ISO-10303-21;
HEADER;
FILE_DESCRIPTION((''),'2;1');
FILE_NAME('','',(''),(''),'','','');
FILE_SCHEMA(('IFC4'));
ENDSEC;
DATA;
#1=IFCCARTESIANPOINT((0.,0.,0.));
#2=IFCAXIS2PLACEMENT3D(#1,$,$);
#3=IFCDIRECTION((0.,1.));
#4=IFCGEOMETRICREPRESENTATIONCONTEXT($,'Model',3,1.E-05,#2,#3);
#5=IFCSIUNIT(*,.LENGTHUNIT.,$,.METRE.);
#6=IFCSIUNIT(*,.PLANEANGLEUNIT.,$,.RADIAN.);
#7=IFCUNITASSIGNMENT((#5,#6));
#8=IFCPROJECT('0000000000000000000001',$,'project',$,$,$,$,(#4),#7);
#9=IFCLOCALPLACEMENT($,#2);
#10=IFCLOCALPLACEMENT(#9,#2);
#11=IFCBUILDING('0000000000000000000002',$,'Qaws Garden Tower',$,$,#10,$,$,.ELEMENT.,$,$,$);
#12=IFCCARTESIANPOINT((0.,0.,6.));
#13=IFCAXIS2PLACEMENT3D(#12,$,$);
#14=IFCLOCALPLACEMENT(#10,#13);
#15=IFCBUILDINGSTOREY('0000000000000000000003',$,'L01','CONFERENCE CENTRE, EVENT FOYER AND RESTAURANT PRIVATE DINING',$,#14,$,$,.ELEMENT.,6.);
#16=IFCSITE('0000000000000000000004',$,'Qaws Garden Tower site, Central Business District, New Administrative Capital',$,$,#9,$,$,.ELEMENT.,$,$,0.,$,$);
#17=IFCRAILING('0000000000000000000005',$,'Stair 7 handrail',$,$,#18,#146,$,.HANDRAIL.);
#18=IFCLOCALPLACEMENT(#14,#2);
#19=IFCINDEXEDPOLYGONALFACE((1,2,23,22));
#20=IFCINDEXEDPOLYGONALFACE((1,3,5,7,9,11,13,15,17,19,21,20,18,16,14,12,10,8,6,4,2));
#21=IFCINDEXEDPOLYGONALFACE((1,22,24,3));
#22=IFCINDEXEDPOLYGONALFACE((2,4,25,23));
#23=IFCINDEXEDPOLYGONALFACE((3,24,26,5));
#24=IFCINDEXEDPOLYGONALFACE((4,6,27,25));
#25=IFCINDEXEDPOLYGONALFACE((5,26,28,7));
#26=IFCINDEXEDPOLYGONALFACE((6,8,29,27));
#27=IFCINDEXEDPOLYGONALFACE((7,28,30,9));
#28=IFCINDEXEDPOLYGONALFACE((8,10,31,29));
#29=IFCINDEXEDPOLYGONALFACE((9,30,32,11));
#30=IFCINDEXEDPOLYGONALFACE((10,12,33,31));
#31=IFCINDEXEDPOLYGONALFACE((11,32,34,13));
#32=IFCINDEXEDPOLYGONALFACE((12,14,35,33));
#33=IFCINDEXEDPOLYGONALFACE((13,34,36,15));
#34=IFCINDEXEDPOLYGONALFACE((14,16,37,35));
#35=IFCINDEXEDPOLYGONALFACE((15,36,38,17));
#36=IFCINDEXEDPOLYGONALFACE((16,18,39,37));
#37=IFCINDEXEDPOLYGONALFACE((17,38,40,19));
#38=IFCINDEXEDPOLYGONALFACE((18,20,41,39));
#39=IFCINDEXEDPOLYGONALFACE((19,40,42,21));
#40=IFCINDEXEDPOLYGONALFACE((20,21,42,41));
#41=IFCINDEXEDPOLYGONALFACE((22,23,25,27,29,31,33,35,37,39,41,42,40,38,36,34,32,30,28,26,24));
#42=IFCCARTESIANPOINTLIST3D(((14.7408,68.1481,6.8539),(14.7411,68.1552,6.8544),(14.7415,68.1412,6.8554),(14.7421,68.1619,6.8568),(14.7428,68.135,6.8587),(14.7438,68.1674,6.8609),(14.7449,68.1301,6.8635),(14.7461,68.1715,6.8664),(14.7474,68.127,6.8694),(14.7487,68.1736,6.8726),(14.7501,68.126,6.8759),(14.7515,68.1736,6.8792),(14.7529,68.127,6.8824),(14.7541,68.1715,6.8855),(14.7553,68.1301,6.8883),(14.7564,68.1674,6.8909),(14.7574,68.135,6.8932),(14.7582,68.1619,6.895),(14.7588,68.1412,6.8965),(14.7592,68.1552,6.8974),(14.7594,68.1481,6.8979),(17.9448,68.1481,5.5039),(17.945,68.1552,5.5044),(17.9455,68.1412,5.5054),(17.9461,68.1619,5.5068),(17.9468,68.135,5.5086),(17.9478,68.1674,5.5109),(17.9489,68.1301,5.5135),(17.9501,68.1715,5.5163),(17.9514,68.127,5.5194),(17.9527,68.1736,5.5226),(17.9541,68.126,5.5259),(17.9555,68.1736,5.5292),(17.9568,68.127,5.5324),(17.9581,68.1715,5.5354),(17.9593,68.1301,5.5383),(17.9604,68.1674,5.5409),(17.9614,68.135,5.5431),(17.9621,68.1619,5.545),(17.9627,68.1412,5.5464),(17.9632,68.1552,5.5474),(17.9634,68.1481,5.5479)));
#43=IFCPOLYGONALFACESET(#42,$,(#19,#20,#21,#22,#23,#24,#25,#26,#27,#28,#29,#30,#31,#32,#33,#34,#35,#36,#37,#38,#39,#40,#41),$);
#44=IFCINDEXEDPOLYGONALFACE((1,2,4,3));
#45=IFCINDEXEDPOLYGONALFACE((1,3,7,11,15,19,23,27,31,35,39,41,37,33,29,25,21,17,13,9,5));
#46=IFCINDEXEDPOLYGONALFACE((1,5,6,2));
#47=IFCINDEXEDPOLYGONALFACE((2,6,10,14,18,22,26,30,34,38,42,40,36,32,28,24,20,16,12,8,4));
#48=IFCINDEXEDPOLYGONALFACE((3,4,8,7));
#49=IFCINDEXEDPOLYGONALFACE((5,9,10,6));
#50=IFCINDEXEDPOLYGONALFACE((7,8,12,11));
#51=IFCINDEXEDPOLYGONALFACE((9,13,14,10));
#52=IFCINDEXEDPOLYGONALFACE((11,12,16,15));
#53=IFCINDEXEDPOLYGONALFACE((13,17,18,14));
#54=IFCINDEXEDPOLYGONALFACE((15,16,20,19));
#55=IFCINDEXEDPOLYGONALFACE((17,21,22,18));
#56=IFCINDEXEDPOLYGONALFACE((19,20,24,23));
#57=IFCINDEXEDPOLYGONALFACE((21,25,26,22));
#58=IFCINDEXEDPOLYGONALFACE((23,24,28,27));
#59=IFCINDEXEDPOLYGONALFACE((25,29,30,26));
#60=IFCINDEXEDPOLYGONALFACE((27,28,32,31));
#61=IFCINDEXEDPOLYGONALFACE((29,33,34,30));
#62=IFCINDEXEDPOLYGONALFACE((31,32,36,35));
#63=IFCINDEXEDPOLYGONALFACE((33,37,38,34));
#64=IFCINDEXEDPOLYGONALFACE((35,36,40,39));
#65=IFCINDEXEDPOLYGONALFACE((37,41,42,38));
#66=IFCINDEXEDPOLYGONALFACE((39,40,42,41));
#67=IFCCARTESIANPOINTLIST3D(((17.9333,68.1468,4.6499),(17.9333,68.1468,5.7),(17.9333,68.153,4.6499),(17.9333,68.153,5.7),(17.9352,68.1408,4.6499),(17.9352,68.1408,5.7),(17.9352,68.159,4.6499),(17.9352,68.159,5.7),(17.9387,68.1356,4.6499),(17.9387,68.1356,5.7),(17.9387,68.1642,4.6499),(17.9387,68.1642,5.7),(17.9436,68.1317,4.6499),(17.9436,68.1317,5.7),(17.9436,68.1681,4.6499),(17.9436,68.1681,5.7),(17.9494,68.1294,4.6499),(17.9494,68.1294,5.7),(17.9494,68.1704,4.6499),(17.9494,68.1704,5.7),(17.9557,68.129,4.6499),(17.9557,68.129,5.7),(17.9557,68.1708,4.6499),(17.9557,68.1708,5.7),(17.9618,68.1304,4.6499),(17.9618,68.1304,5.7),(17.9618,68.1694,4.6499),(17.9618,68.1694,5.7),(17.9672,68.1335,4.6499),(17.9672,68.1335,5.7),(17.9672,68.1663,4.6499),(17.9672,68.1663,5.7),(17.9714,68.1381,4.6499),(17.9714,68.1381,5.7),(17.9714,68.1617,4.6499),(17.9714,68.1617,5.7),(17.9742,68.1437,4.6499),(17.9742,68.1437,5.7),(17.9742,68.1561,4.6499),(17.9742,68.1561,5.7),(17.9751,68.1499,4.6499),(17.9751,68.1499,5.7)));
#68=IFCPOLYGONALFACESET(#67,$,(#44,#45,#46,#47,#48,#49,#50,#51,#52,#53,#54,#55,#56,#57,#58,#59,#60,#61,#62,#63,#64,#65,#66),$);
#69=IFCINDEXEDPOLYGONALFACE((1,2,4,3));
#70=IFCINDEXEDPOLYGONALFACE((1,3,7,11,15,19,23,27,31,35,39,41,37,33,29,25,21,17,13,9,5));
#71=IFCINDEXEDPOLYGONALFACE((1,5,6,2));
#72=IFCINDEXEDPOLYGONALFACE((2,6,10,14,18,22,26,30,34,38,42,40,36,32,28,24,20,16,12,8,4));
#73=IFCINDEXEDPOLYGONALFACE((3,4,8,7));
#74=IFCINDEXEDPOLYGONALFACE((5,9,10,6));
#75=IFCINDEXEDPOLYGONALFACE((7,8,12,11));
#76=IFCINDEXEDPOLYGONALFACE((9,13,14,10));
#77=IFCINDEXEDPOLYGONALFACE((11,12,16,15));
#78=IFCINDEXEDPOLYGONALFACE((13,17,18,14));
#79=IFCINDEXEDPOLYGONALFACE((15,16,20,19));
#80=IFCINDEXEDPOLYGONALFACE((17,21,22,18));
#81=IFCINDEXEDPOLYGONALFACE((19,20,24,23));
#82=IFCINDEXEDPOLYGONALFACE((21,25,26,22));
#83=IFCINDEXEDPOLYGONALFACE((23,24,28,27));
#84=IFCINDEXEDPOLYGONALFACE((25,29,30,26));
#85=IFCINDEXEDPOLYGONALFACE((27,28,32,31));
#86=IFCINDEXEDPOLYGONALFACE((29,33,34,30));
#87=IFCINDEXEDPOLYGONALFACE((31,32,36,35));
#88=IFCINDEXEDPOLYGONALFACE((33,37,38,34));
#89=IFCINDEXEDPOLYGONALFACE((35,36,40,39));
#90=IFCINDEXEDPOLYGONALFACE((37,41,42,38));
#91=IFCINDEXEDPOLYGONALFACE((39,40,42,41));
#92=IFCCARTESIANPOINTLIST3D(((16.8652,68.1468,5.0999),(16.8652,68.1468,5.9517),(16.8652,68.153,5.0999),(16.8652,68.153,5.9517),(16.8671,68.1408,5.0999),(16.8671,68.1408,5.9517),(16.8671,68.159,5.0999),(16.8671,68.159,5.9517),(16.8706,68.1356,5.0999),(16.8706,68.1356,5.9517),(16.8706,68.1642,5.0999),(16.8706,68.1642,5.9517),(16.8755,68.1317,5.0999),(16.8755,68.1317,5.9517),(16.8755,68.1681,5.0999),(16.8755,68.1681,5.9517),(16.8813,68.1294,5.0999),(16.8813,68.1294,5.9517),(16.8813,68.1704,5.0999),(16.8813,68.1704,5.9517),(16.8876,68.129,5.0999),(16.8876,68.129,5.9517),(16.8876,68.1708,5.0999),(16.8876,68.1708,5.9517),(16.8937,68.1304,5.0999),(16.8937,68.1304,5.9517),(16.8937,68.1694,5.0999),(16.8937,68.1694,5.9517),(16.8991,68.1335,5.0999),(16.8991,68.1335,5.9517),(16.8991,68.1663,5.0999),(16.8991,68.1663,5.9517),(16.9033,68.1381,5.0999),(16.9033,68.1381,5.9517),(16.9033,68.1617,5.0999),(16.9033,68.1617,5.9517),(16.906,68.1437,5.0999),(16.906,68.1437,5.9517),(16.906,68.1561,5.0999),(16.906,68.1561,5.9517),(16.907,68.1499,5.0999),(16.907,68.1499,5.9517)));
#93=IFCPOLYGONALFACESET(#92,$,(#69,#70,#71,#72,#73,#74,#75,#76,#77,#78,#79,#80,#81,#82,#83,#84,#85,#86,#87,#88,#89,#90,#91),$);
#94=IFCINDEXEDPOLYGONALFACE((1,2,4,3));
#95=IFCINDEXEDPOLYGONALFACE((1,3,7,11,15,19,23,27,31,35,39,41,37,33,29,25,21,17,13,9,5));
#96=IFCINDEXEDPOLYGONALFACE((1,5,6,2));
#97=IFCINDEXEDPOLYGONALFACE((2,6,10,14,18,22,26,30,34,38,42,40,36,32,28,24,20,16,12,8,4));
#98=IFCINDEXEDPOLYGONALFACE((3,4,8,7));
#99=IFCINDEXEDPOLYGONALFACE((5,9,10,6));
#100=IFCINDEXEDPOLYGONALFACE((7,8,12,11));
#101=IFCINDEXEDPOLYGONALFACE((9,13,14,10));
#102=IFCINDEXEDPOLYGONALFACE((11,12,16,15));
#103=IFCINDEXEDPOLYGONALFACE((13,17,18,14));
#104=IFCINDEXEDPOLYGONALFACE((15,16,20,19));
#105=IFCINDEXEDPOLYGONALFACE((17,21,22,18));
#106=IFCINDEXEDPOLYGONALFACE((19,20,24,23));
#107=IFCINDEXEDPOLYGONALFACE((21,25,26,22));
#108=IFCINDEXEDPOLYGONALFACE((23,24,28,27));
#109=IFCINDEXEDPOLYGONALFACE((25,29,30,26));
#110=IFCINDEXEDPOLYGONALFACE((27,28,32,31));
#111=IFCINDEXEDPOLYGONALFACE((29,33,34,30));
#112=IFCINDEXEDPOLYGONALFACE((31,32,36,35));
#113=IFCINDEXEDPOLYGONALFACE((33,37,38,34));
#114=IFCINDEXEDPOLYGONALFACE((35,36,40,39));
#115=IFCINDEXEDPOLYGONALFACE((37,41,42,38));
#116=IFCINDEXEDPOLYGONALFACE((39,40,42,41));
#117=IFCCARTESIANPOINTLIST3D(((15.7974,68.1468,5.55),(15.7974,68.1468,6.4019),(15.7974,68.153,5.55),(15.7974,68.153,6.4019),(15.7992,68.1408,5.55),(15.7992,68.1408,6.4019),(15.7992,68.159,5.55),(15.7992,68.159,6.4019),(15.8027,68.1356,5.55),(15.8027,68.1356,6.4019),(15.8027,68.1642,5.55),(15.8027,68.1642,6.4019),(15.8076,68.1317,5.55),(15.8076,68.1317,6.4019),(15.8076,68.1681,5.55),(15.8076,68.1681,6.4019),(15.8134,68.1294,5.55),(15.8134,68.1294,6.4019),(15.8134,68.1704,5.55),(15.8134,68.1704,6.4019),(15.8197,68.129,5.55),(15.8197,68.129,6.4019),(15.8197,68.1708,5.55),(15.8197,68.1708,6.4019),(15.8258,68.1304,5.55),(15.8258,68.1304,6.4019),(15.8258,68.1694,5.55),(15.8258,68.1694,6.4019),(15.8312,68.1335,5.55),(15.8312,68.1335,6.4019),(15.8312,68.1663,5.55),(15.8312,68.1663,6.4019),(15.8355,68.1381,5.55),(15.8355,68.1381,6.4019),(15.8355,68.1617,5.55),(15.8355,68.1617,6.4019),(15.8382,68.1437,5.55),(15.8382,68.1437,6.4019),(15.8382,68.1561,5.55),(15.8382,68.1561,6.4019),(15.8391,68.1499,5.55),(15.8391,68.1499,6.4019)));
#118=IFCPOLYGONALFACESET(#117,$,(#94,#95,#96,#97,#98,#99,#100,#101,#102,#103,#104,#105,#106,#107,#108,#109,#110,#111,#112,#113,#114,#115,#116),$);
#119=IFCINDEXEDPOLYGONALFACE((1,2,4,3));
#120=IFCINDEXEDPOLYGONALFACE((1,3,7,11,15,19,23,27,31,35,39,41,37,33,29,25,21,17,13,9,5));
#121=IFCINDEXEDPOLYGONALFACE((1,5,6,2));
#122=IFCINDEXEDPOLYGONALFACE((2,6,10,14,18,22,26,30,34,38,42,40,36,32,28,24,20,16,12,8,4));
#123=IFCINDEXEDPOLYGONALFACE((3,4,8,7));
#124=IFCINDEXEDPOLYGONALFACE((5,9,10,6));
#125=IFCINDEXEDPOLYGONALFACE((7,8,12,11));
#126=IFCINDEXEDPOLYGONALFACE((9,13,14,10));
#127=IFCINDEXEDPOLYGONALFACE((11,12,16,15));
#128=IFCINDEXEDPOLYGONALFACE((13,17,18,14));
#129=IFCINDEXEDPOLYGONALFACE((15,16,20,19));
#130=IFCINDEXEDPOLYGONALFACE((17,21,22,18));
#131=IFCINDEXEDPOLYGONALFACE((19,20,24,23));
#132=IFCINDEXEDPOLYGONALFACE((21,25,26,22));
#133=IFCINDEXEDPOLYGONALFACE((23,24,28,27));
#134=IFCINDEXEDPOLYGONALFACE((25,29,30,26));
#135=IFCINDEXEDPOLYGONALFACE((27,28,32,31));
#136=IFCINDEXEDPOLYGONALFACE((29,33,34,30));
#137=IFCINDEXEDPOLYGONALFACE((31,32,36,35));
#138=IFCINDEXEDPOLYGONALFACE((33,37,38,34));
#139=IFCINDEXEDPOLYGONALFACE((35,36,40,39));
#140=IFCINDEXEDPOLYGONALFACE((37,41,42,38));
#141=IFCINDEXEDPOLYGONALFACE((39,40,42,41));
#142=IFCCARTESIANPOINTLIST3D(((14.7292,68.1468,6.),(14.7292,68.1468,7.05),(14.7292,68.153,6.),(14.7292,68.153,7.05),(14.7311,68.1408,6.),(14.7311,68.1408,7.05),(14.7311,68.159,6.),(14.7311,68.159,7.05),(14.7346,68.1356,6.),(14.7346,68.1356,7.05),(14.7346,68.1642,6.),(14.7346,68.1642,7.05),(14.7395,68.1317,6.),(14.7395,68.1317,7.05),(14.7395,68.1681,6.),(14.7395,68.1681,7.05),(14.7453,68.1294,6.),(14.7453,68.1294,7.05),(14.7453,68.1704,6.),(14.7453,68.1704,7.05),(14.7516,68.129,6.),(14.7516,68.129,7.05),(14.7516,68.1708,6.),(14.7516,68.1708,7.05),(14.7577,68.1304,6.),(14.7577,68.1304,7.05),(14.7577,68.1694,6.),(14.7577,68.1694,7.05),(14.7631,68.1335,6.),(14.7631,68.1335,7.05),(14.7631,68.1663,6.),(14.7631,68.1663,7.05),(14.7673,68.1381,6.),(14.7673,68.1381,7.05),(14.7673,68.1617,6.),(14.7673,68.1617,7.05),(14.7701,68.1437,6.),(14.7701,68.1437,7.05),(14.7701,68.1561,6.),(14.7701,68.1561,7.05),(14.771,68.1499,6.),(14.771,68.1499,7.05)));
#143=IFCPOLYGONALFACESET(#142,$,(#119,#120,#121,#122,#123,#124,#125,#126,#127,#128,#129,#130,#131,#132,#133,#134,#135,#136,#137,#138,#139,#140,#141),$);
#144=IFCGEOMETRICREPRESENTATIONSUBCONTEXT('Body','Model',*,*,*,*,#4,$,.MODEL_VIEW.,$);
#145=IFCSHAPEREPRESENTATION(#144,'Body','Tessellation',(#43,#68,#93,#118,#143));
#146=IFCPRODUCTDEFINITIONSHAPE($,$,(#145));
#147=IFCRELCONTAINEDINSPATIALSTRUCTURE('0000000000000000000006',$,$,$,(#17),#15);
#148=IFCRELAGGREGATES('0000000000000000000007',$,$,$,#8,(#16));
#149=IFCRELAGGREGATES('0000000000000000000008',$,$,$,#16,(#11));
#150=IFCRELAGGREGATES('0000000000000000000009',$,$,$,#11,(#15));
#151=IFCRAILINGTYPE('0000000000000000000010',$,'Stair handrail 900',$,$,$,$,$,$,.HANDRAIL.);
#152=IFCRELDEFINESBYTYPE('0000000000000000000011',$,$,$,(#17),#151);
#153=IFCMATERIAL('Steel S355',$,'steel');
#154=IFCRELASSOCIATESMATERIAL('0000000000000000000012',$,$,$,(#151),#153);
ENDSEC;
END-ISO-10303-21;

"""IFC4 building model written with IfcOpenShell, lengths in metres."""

from ifc_helpers import new_model, si_unit, direction, frame, origin, origin_2d, place, context, subcontext, project, spatial, circle, extrude, material, type_object, element, save


model = new_model("IFC4")

# Units and contexts
model_context = context("Model", 3, precision=1e-05, world=origin(), true_north=direction((0.0, 1.0)))
body_context = subcontext(model_context, "Body", "Model", "MODEL_VIEW")
ifc_project = project(units=[si_unit("LENGTHUNIT", "METRE"), si_unit("PLANEANGLEUNIT", "RADIAN")], contexts=[model_context])

# Site, building, storey
site_placement = place(None, origin())
site = spatial("IfcSite", under=ifc_project, at=site_placement, Name="Qaws Garden Tower site, Central Business District, New Administrative Capital", CompositionType="ELEMENT", RefElevation=0.0)
building_placement = place(site_placement, origin())
building = spatial("IfcBuilding", under=site, at=building_placement, Name="Qaws Garden Tower", CompositionType="ELEMENT")
storey_placement = place(building_placement, frame((0.0, 0.0, 6.0)))
storey = spatial("IfcBuildingStorey", under=building, at=storey_placement, Name="L01", Description="CONFERENCE CENTRE, EVENT FOYER AND RESTAURANT PRIVATE DINING", CompositionType="ELEMENT", Elevation=6.0)

# Railing
ifc_material_1 = material(Name="Steel S355", Category="steel")
railing_type = type_object("IfcRailingType", Name="Stair handrail 900", PredefinedType="HANDRAIL", material=ifc_material_1)
railing_1_placement = place(storey_placement, frame((17.9541, 68.1499, 4.6499)))
element("IfcRailing", 1, at=railing_1_placement, inside=storey, type_object=railing_type, Name="Stair 7 handrail", PredefinedType="HANDRAIL", context=body_context, shape_type="SweptSolid", body=[
    extrude(circle(Radius=0.0239, at=origin_2d()), frame((0.0, 0.0, 0.876), z_axis=(-0.921532, 0.0, 0.388302), x_axis=(0.0, -1.0, 0.0)), (0.0, 0.0, 1.0), 3.4768),
    extrude(circle(Radius=0.021, at=origin_2d()), origin(), (0.0, 0.0, 1.0), 1.05),
    extrude(circle(Radius=0.021, at=origin_2d()), frame((-1.0681, 0.0, 0.45)), (0.0, 0.0, 1.0), 0.8518),
    extrude(circle(Radius=0.021, at=origin_2d()), frame((-2.136, 0.0, 0.9001)), (0.0, 0.0, 1.0), 0.8518),
    extrude(circle(Radius=0.021, at=origin_2d()), frame((-3.2041, 0.0, 1.3501)), (0.0, 0.0, 1.0), 1.05),
])

save(model, "model.ifc")
